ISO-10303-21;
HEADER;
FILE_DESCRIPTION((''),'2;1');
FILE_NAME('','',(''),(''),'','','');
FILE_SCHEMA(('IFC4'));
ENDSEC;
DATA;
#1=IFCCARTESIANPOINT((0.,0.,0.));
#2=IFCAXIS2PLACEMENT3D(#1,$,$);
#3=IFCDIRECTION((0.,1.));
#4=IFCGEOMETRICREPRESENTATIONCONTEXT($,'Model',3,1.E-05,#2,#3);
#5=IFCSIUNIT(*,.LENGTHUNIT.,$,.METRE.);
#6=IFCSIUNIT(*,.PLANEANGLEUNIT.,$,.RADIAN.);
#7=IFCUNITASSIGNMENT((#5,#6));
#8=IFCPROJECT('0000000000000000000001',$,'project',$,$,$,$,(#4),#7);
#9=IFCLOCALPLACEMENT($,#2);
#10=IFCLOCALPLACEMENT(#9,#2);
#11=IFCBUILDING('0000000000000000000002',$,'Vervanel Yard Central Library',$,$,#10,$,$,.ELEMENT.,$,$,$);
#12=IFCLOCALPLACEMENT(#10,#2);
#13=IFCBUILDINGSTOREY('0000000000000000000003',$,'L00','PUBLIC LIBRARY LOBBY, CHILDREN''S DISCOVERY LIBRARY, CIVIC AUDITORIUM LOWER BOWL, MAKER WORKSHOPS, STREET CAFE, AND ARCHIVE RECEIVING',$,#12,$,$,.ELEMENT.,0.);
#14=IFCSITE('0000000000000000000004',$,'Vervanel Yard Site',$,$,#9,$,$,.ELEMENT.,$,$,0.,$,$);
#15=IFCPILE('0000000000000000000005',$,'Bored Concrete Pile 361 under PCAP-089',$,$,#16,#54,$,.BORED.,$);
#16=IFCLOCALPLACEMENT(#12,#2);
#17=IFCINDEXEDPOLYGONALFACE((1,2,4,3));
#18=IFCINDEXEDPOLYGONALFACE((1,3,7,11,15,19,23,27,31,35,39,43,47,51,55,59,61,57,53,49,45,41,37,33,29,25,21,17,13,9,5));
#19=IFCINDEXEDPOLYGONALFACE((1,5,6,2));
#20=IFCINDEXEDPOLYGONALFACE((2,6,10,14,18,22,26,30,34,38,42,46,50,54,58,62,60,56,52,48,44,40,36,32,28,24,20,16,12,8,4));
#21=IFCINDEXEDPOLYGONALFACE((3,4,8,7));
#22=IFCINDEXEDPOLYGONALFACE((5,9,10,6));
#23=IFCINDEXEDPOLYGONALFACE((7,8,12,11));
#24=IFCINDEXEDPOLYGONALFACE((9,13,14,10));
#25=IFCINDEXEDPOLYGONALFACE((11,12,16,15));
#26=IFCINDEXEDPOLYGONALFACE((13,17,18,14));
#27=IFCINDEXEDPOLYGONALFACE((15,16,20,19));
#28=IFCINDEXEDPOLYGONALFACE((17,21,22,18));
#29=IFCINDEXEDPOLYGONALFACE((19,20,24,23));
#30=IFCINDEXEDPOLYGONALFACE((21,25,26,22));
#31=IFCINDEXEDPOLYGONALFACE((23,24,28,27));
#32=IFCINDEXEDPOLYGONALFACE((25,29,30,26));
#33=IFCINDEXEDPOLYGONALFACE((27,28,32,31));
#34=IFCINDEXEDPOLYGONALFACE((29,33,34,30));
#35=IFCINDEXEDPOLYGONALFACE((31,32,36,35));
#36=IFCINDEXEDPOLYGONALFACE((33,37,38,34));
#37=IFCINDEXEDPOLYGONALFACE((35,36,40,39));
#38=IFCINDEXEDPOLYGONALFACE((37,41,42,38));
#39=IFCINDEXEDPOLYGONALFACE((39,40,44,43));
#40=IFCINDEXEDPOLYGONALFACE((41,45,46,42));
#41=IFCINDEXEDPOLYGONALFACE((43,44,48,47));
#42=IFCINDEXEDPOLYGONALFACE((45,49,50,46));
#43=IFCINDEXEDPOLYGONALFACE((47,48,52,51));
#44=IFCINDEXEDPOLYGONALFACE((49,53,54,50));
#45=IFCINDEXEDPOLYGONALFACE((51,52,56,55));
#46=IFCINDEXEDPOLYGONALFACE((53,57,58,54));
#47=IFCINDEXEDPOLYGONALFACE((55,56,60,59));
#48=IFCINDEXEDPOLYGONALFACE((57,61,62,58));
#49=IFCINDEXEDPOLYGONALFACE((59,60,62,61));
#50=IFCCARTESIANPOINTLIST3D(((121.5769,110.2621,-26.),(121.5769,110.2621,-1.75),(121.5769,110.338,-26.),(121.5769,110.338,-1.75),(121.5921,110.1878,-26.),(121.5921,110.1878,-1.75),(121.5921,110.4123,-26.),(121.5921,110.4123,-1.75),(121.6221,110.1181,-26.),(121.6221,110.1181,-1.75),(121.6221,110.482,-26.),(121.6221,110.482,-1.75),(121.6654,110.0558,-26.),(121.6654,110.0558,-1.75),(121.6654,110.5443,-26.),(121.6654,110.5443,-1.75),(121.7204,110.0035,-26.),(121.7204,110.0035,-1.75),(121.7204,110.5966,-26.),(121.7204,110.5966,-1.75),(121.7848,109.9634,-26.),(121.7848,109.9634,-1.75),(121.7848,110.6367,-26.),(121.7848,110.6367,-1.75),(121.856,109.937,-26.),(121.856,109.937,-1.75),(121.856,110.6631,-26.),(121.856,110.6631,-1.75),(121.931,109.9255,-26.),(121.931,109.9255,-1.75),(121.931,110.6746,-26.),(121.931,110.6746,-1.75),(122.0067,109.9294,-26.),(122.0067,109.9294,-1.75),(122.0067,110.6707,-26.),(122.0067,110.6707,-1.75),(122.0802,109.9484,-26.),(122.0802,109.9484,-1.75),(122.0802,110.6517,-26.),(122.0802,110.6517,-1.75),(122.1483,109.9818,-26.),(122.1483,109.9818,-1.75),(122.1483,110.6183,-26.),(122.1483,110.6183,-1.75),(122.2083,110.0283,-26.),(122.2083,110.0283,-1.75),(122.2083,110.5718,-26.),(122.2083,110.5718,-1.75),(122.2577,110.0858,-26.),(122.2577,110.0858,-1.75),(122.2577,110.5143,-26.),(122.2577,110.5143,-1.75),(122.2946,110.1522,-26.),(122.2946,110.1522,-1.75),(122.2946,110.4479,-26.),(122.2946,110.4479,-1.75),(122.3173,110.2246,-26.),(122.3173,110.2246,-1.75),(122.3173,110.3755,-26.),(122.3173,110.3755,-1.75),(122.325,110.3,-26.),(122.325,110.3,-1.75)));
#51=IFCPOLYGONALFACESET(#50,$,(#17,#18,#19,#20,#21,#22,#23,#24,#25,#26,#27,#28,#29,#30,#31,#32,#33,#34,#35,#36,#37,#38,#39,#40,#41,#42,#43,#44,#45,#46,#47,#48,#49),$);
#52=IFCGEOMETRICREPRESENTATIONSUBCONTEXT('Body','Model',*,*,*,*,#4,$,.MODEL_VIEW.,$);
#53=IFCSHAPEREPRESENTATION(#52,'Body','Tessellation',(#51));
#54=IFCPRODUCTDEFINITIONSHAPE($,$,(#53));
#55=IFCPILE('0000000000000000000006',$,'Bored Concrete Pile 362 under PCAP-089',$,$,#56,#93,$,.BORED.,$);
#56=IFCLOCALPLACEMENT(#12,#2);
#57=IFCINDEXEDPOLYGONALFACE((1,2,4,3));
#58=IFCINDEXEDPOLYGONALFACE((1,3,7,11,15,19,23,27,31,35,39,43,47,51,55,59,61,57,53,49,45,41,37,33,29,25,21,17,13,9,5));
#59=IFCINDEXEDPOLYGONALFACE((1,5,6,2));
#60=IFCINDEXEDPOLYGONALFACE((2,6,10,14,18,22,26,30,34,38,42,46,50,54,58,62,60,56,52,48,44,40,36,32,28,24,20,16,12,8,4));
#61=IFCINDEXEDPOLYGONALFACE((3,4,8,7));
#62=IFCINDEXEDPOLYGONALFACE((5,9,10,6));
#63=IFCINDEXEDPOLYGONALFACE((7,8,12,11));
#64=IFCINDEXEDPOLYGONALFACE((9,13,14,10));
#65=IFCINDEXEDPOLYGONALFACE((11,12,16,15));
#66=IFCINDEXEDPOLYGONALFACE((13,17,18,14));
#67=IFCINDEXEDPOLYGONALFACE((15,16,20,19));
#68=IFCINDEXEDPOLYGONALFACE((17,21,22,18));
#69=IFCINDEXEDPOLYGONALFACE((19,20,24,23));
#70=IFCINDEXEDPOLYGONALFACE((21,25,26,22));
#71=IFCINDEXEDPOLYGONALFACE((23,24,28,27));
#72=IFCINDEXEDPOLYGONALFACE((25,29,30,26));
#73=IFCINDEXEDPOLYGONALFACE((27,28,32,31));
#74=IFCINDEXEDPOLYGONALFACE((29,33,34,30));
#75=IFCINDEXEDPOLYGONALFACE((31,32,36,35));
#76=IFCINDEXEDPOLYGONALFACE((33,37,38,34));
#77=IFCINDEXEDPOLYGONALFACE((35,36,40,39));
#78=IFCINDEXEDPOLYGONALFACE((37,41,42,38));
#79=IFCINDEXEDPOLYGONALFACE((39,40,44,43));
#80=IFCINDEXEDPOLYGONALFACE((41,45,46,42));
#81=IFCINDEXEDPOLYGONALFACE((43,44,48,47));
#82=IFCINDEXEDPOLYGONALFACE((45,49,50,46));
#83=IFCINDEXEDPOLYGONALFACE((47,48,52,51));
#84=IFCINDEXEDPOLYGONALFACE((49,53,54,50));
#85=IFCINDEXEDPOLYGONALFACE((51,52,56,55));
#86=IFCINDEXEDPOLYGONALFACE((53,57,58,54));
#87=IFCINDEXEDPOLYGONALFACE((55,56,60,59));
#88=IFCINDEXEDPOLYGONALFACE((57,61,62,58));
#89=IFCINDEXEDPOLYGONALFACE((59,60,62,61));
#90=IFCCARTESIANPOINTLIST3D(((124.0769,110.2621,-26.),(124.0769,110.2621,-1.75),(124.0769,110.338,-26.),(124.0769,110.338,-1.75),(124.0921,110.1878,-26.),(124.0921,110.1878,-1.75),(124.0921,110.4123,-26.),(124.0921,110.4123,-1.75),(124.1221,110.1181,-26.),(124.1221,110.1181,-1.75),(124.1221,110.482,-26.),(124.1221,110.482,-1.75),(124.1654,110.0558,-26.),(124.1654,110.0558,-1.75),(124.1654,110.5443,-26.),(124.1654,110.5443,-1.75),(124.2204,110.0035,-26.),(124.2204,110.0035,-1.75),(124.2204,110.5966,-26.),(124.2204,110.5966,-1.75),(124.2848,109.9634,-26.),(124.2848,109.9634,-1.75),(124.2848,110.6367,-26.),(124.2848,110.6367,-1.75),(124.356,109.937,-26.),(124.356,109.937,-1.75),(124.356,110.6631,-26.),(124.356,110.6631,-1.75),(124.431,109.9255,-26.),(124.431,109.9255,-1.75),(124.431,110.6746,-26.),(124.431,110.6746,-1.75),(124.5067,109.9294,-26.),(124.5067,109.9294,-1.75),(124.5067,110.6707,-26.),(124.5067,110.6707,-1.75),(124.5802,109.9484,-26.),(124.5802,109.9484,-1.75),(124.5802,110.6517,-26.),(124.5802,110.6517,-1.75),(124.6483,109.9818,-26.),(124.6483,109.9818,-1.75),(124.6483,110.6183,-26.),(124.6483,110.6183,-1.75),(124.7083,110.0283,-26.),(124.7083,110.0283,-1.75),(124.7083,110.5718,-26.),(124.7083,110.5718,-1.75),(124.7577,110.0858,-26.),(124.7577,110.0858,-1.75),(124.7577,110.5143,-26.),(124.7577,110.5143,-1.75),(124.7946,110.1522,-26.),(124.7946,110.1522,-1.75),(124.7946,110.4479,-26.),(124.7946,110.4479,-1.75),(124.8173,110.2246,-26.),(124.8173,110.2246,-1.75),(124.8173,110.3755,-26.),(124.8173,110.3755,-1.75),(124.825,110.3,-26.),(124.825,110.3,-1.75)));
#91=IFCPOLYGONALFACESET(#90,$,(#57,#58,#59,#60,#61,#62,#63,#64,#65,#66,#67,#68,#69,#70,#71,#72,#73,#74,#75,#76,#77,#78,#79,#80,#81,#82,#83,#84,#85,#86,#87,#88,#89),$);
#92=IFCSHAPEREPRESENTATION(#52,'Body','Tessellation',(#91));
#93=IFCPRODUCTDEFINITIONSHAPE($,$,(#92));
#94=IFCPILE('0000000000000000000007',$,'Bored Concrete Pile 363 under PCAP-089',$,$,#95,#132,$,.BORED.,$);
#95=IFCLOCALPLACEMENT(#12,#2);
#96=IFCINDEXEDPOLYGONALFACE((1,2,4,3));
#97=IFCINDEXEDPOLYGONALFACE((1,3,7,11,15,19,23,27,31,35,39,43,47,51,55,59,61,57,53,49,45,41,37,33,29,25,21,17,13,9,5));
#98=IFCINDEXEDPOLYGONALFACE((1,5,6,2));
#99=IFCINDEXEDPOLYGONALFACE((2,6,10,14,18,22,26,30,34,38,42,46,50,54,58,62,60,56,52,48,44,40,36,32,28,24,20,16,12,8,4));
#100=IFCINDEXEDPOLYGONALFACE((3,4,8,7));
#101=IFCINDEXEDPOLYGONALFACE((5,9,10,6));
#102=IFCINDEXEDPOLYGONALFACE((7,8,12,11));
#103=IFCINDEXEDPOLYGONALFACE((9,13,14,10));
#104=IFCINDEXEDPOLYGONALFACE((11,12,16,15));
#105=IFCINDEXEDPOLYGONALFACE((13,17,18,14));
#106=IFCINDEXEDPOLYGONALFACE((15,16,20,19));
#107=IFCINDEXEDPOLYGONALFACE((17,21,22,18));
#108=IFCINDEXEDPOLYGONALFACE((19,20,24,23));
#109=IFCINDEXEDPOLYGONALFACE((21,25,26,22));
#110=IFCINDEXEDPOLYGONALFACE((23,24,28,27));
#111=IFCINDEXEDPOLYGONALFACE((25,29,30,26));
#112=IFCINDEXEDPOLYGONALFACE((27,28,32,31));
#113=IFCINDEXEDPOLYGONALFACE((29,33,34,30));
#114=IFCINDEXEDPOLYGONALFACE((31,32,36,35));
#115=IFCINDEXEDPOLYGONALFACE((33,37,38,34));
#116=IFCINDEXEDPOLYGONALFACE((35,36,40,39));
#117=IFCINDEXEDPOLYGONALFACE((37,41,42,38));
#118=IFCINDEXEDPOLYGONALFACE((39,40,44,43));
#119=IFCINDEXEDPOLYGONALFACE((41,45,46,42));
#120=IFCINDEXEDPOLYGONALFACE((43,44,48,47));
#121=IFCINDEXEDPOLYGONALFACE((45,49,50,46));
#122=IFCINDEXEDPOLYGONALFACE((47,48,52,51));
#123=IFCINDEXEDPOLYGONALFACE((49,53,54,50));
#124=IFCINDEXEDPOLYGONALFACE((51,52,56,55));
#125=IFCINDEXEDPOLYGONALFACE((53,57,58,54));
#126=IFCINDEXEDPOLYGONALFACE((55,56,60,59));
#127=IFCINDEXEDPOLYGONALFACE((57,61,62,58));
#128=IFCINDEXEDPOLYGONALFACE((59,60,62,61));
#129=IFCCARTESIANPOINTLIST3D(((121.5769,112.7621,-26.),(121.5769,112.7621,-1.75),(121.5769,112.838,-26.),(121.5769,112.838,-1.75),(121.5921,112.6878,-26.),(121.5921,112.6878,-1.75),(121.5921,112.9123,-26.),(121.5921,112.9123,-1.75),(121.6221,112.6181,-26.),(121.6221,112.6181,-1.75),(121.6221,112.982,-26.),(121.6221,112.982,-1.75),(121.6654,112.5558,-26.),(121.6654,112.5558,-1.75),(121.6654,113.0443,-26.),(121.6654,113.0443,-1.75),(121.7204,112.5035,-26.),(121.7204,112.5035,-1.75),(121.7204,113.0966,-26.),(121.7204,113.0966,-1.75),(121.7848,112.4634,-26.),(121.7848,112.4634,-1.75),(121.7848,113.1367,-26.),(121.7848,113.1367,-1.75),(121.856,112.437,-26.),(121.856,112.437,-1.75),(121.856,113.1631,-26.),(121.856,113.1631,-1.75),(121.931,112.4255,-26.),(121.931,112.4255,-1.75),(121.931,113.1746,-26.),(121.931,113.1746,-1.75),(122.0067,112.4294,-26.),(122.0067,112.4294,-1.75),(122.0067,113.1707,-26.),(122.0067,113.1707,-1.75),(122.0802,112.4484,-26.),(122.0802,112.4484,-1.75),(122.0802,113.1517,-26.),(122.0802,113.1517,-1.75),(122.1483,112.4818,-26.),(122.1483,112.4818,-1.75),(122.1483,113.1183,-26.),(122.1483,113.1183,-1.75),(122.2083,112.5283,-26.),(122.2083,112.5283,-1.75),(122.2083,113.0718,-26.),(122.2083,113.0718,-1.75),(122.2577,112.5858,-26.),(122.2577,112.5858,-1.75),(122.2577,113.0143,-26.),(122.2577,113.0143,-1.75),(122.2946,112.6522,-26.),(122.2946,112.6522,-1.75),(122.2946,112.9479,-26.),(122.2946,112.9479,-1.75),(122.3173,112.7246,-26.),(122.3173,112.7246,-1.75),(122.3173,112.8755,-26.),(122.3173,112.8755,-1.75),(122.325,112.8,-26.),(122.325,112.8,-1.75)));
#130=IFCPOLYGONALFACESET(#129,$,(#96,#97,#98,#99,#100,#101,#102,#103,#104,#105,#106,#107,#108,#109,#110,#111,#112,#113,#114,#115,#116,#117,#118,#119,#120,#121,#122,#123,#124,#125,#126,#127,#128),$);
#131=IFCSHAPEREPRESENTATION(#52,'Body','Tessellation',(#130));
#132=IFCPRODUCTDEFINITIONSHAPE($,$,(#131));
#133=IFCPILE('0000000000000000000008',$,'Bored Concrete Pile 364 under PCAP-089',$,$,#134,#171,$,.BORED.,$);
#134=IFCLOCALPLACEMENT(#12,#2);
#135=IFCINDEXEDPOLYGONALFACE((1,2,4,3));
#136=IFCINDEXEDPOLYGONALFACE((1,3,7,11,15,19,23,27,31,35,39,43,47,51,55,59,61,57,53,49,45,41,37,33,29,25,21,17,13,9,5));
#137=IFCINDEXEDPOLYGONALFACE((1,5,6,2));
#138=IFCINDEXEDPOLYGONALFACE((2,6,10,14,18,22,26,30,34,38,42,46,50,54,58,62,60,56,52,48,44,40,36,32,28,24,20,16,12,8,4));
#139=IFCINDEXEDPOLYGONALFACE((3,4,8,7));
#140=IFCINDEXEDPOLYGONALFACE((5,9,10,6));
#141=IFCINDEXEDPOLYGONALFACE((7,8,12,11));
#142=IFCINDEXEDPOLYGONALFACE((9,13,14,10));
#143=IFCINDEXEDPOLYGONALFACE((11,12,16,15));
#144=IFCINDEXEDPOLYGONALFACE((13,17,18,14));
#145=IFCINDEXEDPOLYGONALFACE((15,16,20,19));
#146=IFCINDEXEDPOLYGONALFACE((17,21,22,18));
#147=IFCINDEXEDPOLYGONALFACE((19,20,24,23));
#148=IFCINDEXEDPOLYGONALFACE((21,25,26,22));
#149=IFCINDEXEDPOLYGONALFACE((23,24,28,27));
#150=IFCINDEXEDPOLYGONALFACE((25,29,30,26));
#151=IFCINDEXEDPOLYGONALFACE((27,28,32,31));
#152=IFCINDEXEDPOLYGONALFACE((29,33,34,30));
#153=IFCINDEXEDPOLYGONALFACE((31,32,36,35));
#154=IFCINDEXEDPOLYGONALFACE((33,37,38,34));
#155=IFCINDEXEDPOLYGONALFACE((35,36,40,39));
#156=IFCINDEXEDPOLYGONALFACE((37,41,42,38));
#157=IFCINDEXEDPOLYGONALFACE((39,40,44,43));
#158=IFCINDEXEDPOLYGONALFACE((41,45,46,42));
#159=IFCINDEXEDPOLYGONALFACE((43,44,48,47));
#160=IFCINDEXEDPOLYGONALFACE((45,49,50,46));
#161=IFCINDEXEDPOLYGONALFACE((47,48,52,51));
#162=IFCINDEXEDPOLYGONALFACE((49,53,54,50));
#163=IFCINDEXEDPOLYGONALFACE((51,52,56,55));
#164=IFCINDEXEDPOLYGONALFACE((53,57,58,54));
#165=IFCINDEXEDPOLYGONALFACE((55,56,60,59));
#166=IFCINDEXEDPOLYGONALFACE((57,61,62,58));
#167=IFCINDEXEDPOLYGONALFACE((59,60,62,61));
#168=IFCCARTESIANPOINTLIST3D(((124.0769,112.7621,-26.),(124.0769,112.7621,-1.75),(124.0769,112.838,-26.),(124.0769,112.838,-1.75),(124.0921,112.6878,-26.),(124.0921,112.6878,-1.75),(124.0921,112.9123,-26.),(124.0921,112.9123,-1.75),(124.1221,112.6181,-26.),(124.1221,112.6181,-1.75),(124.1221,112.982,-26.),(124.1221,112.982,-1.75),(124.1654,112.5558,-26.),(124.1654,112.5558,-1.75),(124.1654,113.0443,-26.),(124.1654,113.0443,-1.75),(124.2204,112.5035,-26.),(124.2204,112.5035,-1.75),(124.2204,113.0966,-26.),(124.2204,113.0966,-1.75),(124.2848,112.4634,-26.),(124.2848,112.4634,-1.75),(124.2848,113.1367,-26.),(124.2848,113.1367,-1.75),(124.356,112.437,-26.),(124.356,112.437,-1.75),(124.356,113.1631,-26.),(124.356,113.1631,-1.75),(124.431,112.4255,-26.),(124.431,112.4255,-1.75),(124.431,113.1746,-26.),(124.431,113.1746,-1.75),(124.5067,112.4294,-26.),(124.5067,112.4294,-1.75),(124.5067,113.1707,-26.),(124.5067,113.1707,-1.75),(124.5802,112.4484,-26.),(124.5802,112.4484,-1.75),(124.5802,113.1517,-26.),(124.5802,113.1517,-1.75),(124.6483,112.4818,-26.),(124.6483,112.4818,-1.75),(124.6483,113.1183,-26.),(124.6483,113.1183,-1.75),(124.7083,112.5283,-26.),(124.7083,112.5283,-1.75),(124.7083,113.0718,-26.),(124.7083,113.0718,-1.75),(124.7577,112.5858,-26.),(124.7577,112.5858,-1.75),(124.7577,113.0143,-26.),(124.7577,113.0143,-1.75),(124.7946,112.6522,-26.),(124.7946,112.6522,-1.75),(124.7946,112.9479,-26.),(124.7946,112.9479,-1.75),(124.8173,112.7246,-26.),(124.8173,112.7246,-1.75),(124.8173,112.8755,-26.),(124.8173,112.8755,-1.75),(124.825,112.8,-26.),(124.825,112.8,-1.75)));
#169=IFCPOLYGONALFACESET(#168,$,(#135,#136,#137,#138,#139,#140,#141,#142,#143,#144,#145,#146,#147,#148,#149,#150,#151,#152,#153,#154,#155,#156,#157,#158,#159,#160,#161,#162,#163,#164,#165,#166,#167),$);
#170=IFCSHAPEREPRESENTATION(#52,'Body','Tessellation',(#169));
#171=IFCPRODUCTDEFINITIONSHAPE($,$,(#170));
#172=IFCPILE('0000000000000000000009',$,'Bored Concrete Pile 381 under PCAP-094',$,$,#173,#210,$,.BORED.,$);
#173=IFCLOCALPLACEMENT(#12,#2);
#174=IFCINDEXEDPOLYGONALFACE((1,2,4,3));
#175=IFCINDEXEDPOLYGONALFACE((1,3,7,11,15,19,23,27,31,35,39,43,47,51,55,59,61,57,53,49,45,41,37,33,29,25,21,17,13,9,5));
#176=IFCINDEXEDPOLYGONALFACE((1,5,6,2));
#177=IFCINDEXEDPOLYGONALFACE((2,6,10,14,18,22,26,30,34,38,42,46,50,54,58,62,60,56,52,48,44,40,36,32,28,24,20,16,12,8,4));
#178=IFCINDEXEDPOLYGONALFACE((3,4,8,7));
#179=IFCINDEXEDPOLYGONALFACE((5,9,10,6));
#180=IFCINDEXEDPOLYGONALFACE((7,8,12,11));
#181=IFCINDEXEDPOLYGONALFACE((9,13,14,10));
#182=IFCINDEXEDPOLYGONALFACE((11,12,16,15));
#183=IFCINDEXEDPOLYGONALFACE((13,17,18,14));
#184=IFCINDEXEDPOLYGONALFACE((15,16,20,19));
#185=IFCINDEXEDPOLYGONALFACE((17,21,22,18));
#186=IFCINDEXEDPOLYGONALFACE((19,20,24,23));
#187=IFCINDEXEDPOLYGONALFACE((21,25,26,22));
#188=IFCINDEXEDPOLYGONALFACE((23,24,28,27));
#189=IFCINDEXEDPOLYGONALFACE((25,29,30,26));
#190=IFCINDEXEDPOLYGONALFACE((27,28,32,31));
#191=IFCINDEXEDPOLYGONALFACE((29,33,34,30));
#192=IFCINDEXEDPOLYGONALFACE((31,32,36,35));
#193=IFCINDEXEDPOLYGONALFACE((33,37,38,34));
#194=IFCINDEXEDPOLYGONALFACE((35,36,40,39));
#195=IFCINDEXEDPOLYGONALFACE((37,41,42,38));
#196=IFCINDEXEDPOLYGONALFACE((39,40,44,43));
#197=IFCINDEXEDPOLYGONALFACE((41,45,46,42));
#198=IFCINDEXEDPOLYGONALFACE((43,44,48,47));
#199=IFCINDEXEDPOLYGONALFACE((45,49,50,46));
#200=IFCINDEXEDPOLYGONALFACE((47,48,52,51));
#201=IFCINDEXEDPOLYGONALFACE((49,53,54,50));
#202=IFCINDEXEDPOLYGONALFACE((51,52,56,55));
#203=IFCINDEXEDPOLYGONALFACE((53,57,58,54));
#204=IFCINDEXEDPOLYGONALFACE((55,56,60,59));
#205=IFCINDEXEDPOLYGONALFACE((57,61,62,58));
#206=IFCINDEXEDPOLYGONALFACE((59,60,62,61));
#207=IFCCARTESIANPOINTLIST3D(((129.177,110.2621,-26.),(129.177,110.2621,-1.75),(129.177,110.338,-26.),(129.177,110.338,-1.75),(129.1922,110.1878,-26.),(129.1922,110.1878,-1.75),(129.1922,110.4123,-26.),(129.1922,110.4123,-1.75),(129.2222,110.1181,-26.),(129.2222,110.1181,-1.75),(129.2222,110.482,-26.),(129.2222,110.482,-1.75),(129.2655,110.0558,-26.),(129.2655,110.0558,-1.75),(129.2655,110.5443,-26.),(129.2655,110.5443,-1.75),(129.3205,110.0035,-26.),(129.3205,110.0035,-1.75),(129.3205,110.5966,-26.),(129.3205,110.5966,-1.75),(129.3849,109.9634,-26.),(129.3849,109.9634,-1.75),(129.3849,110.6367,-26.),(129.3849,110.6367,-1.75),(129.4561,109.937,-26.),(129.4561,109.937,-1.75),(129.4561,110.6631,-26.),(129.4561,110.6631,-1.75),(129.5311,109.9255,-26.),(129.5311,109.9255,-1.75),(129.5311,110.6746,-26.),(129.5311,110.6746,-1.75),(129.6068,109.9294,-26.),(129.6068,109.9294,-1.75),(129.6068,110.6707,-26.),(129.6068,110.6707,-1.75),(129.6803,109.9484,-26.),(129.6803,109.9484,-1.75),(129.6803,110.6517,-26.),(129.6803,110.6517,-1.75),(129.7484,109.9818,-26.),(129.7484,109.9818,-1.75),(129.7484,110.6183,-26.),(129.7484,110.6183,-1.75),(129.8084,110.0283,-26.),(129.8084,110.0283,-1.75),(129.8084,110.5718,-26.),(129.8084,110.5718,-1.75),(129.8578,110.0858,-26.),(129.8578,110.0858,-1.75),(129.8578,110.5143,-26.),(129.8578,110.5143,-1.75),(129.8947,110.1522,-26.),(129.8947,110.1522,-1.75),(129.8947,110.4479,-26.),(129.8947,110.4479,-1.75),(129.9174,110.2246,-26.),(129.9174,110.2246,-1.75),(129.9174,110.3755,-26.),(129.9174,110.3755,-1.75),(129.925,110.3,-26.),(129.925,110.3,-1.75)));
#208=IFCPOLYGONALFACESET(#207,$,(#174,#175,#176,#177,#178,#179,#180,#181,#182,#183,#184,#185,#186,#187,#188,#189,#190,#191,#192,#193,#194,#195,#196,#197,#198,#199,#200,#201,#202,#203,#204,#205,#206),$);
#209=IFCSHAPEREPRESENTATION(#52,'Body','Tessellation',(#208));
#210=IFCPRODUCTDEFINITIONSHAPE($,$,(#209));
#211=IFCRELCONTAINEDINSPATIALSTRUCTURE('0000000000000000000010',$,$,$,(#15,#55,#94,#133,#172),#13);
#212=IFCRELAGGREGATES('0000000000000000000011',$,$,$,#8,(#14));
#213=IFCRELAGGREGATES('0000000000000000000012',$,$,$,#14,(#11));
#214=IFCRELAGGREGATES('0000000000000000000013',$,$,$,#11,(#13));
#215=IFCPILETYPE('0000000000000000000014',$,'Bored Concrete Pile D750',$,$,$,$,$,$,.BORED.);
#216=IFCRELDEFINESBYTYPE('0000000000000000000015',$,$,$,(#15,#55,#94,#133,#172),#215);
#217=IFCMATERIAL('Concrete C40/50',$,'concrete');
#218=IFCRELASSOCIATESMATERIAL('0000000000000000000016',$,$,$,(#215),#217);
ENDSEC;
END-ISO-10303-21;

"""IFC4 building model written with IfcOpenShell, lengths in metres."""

from ifc_helpers import new_model, si_unit, direction, frame, origin, origin_2d, place, context, subcontext, project, spatial, circle, extrude, material, material_profile, profile_set, type_object, element, save


model = new_model("IFC4")

# Units and contexts
model_context = context("Model", 3, precision=1e-05, world=origin(), true_north=direction((0.0, 1.0)))
body_context = subcontext(model_context, "Body", "Model", "MODEL_VIEW")
ifc_project = project(units=[si_unit("LENGTHUNIT", "METRE"), si_unit("PLANEANGLEUNIT", "RADIAN")], contexts=[model_context])

# Site, building, storey
site_placement = place(None, origin())
site = spatial("IfcSite", under=ifc_project, at=site_placement, Name="Vervanel Yard Site", CompositionType="ELEMENT", RefElevation=0.0)
building_placement = place(site_placement, origin())
building = spatial("IfcBuilding", under=site, at=building_placement, Name="Vervanel Yard Central Library", CompositionType="ELEMENT")
storey_placement = place(building_placement, origin())
storey = spatial("IfcBuildingStorey", under=building, at=storey_placement, Name="L00", Description="PUBLIC LIBRARY LOBBY, CHILDREN'S DISCOVERY LIBRARY, CIVIC AUDITORIUM LOWER BOWL, MAKER WORKSHOPS, STREET CAFE, AND ARCHIVE RECEIVING", CompositionType="ELEMENT", Elevation=0.0)

# Piles
ifc_material_1 = material(Name="Concrete C40/50", Category="concrete")
ifc_material_profile_1 = material_profile(ifc_material_1, circle(Radius=0.375, at=origin_2d()), Name="BP D750", Category="concrete")
ifc_profile_set_1 = profile_set([ifc_material_profile_1], Name="Concrete C40/50")
pile_type_1 = type_object("IfcPileType", Name="Bored Concrete Pile D750", PredefinedType="BORED", material=ifc_profile_set_1)
for number, where, z_axis, x_axis, name in (
    (1, (121.95, 110.3, -1.75), (0.0, 0.0, -1.0), (1.0, 0.0, 0.0), "Bored Concrete Pile 361 under PCAP-089"),
    (2, (124.45, 110.3, -1.75), (0.0, 0.0, -1.0), (1.0, 0.0, 0.0), "Bored Concrete Pile 362 under PCAP-089"),
    (3, (121.95, 112.8, -1.75), (0.0, 0.0, -1.0), (1.0, 0.0, 0.0), "Bored Concrete Pile 363 under PCAP-089"),
    (4, (124.45, 112.8, -1.75), (0.0, 0.0, -1.0), (1.0, 0.0, 0.0), "Bored Concrete Pile 364 under PCAP-089"),
    (5, (129.55, 110.3, -1.75), (0.0, 0.0, -1.0), (1.0, 0.0, 0.0), "Bored Concrete Pile 381 under PCAP-094"),
):
    element("IfcPile", number, at=place(storey_placement, frame(where, z_axis=z_axis, x_axis=x_axis)), inside=storey, type_object=pile_type_1, Name=name, PredefinedType="BORED", context=body_context, shape_type="SweptSolid", body=[
        extrude(circle(Radius=0.375, at=origin_2d()), origin(), (0.0, 0.0, 1.0), 24.25),
    ])

save(model, "model.ifc")
